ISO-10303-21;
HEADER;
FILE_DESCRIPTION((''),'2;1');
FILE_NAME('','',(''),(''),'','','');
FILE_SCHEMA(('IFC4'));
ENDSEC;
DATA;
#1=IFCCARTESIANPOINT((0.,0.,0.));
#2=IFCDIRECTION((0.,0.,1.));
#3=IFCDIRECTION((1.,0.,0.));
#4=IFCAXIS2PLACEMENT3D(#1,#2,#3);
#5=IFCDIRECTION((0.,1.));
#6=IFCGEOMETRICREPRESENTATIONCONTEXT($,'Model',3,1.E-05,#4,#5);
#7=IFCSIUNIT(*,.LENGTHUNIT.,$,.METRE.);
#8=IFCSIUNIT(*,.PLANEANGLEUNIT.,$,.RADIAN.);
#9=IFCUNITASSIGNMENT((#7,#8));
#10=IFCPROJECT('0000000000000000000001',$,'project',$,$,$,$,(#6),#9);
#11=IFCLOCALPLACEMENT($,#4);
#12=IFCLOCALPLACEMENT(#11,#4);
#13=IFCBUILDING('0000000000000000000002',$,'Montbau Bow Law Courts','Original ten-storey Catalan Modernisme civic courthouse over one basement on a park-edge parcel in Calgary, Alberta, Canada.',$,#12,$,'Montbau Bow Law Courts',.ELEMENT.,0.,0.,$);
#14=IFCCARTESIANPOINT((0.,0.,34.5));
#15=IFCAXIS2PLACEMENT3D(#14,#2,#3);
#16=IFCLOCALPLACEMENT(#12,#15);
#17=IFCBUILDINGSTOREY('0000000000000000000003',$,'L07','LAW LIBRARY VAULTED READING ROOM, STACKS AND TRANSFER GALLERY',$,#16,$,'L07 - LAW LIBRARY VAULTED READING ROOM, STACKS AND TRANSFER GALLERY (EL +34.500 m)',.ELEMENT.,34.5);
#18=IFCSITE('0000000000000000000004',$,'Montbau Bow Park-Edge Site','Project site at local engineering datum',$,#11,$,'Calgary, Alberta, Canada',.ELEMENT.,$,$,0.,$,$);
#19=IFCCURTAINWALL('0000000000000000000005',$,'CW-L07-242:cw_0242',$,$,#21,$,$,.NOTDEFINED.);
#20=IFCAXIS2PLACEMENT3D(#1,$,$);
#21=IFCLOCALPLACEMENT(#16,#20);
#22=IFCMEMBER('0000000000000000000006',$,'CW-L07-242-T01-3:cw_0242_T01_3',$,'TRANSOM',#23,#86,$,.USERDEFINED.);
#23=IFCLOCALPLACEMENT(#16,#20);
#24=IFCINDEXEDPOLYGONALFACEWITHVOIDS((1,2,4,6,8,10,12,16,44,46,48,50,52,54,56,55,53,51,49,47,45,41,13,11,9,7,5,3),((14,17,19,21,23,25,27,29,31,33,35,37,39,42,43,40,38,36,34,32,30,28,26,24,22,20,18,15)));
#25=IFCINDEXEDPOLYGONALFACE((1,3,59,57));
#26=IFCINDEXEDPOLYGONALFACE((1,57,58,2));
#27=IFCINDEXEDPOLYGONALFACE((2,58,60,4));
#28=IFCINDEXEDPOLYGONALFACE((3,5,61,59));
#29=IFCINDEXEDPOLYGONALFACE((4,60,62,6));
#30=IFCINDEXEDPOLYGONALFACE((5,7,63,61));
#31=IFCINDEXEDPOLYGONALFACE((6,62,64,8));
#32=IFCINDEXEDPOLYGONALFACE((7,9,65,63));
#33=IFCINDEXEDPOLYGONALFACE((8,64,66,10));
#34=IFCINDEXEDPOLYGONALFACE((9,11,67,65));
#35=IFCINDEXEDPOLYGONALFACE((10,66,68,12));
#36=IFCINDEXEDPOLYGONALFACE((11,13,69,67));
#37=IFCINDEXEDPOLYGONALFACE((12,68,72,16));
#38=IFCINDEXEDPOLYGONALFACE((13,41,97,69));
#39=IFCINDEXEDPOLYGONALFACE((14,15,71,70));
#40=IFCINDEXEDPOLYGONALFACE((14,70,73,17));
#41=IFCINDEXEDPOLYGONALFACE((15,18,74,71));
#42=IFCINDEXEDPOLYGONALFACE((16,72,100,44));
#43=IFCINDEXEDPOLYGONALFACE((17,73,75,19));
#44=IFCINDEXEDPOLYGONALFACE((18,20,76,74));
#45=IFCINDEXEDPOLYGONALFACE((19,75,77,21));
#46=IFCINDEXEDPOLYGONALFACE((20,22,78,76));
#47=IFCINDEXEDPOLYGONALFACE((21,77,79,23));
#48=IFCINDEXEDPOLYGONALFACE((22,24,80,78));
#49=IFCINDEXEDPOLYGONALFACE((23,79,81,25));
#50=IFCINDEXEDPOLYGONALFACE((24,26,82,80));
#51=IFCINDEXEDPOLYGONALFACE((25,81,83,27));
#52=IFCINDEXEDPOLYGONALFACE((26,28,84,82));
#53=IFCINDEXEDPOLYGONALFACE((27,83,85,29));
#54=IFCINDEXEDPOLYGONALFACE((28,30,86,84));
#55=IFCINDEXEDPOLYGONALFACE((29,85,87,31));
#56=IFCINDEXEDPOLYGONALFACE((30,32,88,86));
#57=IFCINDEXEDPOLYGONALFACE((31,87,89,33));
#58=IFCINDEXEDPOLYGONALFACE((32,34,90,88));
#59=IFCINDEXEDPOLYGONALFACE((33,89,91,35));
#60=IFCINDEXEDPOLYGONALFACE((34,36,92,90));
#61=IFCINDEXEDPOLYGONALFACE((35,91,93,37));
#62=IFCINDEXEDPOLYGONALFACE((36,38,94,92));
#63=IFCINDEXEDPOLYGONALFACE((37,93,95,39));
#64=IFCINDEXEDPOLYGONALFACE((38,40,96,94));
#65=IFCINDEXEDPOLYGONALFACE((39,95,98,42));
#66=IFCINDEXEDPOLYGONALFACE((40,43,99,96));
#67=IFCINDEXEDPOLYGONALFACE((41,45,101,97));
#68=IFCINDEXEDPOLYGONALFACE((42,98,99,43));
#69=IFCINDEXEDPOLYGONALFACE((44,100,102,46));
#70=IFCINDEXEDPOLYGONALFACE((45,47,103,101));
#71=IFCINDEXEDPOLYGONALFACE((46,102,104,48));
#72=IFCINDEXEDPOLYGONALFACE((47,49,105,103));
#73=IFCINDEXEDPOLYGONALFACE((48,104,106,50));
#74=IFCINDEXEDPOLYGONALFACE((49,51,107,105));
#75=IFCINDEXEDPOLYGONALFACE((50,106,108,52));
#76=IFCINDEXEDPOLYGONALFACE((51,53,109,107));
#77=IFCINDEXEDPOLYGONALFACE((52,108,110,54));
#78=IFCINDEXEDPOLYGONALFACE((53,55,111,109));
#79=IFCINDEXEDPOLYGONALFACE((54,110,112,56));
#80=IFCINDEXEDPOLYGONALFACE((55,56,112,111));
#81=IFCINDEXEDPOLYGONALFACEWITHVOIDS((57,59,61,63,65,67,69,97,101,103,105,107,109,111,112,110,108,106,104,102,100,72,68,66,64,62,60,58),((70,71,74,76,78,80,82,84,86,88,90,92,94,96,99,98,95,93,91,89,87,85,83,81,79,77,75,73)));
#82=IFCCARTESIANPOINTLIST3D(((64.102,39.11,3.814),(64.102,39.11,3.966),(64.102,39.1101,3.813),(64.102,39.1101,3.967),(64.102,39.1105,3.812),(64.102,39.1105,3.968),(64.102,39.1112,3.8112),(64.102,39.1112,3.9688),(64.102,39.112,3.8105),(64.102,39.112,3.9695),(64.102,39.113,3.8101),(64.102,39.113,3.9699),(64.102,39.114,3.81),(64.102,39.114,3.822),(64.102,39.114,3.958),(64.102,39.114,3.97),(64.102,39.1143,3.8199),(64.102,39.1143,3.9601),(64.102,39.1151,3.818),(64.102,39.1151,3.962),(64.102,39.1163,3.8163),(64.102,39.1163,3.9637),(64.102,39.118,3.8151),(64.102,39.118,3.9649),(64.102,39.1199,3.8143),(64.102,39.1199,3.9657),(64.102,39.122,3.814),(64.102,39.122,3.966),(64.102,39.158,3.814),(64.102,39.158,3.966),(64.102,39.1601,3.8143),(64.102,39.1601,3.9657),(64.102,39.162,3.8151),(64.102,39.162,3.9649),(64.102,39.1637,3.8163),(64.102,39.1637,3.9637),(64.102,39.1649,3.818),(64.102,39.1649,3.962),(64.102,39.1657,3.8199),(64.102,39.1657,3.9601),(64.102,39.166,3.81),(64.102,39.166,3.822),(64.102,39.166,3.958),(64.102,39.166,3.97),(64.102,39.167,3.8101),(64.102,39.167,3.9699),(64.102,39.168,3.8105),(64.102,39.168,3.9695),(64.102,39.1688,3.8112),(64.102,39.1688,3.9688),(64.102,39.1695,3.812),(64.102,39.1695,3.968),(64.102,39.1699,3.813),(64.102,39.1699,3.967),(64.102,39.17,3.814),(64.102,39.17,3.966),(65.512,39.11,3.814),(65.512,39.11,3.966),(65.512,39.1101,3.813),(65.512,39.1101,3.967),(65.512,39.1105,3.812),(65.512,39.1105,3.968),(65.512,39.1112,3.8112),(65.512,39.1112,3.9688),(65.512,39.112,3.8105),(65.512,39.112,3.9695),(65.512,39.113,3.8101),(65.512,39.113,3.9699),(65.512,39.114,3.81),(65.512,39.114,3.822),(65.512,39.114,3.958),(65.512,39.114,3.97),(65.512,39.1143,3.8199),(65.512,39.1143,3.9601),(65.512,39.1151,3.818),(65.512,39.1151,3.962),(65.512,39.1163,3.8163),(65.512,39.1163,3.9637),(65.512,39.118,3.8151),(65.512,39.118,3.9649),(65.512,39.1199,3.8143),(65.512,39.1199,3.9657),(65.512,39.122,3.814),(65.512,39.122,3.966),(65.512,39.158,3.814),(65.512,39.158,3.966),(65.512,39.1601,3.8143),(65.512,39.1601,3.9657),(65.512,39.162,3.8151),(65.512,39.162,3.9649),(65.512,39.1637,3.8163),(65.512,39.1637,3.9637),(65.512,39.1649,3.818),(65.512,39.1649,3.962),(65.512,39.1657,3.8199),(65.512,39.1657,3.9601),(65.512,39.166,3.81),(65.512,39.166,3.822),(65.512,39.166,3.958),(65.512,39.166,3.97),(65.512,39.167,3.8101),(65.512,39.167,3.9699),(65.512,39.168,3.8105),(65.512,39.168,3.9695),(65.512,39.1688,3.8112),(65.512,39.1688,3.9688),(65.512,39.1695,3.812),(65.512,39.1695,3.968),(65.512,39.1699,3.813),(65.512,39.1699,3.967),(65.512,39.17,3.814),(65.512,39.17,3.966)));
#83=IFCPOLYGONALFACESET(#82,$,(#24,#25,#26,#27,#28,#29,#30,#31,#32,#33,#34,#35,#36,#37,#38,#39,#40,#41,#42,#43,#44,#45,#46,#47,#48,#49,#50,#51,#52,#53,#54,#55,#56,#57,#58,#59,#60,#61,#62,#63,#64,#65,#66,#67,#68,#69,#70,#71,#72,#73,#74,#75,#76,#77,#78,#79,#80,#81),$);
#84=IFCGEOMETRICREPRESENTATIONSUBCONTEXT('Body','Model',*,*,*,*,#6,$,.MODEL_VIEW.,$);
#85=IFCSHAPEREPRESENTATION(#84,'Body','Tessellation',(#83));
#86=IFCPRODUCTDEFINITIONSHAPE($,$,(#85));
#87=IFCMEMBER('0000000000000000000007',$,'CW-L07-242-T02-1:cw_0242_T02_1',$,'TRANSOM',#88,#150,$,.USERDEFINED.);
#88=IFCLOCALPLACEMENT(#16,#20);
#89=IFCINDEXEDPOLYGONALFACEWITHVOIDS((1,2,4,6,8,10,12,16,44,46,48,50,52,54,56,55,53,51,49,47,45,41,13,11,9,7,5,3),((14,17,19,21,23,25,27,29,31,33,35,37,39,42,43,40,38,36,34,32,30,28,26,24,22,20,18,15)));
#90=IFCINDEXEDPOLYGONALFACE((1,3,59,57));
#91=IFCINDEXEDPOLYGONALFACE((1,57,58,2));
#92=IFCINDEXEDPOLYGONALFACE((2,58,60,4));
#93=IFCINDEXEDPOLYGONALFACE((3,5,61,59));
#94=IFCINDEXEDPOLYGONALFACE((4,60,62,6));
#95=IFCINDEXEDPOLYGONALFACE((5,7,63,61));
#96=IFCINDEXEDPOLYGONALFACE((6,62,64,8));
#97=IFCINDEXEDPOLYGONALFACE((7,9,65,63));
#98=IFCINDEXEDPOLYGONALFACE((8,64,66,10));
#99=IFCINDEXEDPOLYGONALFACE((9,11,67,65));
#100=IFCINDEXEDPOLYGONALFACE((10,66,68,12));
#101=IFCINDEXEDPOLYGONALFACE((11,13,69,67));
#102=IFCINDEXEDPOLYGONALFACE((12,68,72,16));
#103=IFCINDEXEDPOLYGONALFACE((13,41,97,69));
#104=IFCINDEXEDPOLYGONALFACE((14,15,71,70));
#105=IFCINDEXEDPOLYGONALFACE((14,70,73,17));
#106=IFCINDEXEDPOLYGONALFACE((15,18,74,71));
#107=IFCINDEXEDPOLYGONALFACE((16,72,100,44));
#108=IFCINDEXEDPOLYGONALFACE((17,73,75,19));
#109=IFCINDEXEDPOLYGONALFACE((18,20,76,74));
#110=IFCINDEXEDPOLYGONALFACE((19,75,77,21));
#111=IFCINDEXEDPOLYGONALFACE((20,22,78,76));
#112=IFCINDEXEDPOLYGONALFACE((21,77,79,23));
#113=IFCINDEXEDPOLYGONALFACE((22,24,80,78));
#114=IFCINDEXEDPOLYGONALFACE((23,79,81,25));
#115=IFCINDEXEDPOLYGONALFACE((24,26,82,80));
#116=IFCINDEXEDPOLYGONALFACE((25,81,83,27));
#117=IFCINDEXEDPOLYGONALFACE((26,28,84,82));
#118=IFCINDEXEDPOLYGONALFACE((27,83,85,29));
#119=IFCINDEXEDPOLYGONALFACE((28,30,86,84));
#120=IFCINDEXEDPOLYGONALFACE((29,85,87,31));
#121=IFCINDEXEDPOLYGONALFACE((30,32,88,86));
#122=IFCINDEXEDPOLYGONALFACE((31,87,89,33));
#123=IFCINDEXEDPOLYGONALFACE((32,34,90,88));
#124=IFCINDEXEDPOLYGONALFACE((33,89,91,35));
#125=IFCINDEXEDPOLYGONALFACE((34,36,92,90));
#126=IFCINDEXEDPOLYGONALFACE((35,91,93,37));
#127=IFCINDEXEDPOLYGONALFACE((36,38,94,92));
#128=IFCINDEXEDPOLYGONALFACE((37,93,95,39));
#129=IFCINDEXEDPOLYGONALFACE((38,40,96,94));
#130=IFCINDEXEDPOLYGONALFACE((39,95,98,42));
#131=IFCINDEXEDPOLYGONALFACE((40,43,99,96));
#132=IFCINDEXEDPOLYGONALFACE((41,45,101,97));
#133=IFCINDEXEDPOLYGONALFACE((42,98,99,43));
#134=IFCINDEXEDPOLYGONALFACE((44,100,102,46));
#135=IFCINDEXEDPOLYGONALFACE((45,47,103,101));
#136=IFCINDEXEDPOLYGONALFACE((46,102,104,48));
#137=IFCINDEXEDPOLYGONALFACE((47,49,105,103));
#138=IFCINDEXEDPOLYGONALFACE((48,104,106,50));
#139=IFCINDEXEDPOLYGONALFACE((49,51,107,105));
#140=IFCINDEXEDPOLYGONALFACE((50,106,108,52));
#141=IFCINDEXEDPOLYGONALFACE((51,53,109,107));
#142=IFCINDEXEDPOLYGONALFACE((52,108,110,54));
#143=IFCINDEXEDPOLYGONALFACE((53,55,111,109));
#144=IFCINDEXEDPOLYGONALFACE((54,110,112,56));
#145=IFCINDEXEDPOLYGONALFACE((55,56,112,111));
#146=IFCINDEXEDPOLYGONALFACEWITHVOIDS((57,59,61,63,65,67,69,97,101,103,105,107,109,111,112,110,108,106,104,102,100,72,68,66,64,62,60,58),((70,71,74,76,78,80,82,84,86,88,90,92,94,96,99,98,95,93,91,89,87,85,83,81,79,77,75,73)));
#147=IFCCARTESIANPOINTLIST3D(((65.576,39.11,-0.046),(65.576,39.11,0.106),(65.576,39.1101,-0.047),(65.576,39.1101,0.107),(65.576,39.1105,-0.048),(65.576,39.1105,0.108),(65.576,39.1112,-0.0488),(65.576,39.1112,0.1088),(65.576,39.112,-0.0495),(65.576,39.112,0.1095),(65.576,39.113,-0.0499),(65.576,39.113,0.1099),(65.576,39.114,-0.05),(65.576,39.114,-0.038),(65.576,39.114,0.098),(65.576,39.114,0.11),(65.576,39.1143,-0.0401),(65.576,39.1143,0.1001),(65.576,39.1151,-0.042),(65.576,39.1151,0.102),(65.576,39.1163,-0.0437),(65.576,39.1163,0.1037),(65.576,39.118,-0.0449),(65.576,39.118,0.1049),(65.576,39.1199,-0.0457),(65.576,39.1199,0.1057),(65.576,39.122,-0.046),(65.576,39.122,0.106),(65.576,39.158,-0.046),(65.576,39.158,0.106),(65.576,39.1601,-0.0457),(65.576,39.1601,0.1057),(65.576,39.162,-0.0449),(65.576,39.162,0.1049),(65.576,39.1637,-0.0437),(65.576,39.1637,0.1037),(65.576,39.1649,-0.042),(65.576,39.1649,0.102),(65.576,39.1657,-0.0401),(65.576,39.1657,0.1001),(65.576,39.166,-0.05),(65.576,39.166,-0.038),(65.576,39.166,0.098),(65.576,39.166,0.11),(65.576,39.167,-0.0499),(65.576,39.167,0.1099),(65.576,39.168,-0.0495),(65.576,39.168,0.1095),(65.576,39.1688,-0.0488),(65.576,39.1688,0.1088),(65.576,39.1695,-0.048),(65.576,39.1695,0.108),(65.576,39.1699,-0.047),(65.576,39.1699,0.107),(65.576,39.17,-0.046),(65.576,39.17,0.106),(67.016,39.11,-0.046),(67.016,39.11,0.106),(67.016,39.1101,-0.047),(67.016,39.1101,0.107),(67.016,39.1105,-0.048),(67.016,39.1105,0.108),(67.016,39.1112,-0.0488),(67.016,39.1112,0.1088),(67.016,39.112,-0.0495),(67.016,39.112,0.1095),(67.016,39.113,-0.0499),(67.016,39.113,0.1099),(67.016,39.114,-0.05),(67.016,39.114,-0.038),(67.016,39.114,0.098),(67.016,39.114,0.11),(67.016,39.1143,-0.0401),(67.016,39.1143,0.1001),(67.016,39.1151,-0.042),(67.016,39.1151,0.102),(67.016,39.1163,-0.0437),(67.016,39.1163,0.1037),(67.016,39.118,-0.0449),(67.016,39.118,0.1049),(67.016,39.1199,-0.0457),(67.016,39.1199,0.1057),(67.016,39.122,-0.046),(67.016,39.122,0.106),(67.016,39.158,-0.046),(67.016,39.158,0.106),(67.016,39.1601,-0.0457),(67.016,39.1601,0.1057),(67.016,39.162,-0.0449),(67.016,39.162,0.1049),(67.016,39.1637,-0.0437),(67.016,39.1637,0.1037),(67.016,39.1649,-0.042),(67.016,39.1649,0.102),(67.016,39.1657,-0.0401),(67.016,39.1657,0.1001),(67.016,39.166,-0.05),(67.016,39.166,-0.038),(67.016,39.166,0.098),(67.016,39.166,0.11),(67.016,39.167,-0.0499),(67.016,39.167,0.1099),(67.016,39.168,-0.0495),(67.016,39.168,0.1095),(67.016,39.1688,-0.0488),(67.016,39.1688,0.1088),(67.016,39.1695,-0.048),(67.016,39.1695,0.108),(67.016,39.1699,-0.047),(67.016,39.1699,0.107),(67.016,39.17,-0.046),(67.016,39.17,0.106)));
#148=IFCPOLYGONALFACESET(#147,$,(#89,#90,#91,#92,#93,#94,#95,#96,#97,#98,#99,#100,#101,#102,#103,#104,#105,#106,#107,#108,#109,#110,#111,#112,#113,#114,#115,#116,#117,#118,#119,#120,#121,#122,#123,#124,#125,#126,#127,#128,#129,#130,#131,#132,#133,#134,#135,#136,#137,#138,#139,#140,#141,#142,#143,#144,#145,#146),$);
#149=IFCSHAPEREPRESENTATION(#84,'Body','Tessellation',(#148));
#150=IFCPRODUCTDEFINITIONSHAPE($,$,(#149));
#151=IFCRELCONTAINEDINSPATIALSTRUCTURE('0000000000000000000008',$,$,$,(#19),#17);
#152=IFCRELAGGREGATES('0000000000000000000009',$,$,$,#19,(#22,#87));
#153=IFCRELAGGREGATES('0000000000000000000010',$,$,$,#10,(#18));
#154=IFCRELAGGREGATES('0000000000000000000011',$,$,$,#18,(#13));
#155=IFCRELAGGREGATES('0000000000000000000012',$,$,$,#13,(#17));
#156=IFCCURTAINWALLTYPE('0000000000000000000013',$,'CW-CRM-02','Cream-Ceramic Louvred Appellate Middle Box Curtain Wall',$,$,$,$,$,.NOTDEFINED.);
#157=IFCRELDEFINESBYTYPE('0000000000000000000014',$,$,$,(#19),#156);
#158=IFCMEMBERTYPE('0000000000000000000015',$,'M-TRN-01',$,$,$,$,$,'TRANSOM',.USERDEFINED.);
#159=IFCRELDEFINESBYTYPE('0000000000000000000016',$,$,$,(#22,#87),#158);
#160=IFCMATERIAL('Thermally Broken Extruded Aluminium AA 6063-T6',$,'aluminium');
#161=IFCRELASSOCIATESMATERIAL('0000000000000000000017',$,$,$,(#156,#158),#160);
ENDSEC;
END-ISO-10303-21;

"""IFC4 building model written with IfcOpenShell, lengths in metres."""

from ifc_helpers import new_model, si_unit, direction, frame, origin_with_axes, origin_2d_with_axis, place, context, subcontext, project, spatial, hollow_rectangle, extrude, material, material_profile, profile_set, type_object, element, aggregate, save


model = new_model("IFC4")

# Units and contexts
model_context = context("Model", 3, precision=1e-05, world=origin_with_axes(), true_north=direction((0.0, 1.0)))
body_context = subcontext(model_context, "Body", "Model", "MODEL_VIEW")
ifc_project = project(units=[si_unit("LENGTHUNIT", "METRE"), si_unit("PLANEANGLEUNIT", "RADIAN")], contexts=[model_context])

# Site, building, storey
site_placement = place(None, origin_with_axes())
site = spatial("IfcSite", under=ifc_project, at=site_placement, Name="Montbau Bow Park-Edge Site", Description="Project site at local engineering datum", LongName="Calgary, Alberta, Canada", CompositionType="ELEMENT", RefElevation=0.0)
building_placement = place(site_placement, origin_with_axes())
building = spatial("IfcBuilding", under=site, at=building_placement, Name="Montbau Bow Law Courts", Description="Original ten-storey Catalan Modernisme civic courthouse over one basement on a park-edge parcel in Calgary, Alberta, Canada.", LongName="Montbau Bow Law Courts", CompositionType="ELEMENT", ElevationOfRefHeight=0.0, ElevationOfTerrain=0.0)
storey_placement = place(building_placement, frame((0.0, 0.0, 34.5), z_axis=(0.0, 0.0, 1.0), x_axis=(1.0, 0.0, 0.0)))
storey = spatial("IfcBuildingStorey", under=building, at=storey_placement, Name="L07", Description="LAW LIBRARY VAULTED READING ROOM, STACKS AND TRANSFER GALLERY", LongName="L07 - LAW LIBRARY VAULTED READING ROOM, STACKS AND TRANSFER GALLERY (EL +34.500 m)", CompositionType="ELEMENT", Elevation=34.5)

# Shared definitions
ifc_material_1 = material(Name="Thermally Broken Extruded Aluminium AA 6063-T6", Category="aluminium")
curtain_wall_type = type_object("IfcCurtainWallType", Name="CW-CRM-02", Description="Cream-Ceramic Louvred Appellate Middle Box Curtain Wall", PredefinedType="NOTDEFINED", material=ifc_material_1)

# Curtain wall, members
curtain_wall_1_placement = place(None, frame((64.04, 39.14, 34.5), z_axis=(0.0, 0.0, 1.0), x_axis=(1.0, 0.0, 0.0)))
curtain_wall_1 = element("IfcCurtainWall", 1, at=curtain_wall_1_placement, inside=storey, type_object=curtain_wall_type, Name="CW-L07-242:cw_0242", PredefinedType="NOTDEFINED")
ifc_material_profile_1 = material_profile(ifc_material_1, hollow_rectangle(XDim=0.06, YDim=0.16, WallThickness=0.004, InnerFilletRadius=0.008, OuterFilletRadius=0.004, at=origin_2d_with_axis()), Name="CWT-160X60", Category="Main", Priority=0)
ifc_profile_set_1 = profile_set([ifc_material_profile_1], Name="Thermally Broken Extruded Aluminium AA 6063-T6")
member_type_1 = type_object("IfcMemberType", Name="M-TRN-01", ElementType="TRANSOM", PredefinedType="USERDEFINED", material=ifc_profile_set_1)
member_1_placement = place(None, frame((64.102, 39.14, 38.39), z_axis=(1.0, 0.0, 0.0), x_axis=(0.0, 1.0, 0.0)))
member_1 = element("IfcMember", 2, at=member_1_placement, type_object=member_type_1, Name="CW-L07-242-T01-3:cw_0242_T01_3", ObjectType="TRANSOM", PredefinedType="USERDEFINED", context=body_context, shape_type="SweptSolid", body=[
    extrude(hollow_rectangle(XDim=0.06, YDim=0.16, WallThickness=0.004, InnerFilletRadius=0.008, OuterFilletRadius=0.004, at=origin_2d_with_axis()), origin_with_axes(), (0.0, 0.0, 1.0), 1.41),
])
member_2_placement = place(None, frame((65.576, 39.14, 34.53), z_axis=(1.0, 0.0, 0.0), x_axis=(0.0, 1.0, 0.0)))
member_2 = element("IfcMember", 3, at=member_2_placement, type_object=member_type_1, Name="CW-L07-242-T02-1:cw_0242_T02_1", ObjectType="TRANSOM", PredefinedType="USERDEFINED", context=body_context, shape_type="SweptSolid", body=[
    extrude(hollow_rectangle(XDim=0.06, YDim=0.16, WallThickness=0.004, InnerFilletRadius=0.008, OuterFilletRadius=0.004, at=origin_2d_with_axis()), origin_with_axes(), (0.0, 0.0, 1.0), 1.44),
])

aggregate(curtain_wall_1, [member_1, member_2])

save(model, "model.ifc")
